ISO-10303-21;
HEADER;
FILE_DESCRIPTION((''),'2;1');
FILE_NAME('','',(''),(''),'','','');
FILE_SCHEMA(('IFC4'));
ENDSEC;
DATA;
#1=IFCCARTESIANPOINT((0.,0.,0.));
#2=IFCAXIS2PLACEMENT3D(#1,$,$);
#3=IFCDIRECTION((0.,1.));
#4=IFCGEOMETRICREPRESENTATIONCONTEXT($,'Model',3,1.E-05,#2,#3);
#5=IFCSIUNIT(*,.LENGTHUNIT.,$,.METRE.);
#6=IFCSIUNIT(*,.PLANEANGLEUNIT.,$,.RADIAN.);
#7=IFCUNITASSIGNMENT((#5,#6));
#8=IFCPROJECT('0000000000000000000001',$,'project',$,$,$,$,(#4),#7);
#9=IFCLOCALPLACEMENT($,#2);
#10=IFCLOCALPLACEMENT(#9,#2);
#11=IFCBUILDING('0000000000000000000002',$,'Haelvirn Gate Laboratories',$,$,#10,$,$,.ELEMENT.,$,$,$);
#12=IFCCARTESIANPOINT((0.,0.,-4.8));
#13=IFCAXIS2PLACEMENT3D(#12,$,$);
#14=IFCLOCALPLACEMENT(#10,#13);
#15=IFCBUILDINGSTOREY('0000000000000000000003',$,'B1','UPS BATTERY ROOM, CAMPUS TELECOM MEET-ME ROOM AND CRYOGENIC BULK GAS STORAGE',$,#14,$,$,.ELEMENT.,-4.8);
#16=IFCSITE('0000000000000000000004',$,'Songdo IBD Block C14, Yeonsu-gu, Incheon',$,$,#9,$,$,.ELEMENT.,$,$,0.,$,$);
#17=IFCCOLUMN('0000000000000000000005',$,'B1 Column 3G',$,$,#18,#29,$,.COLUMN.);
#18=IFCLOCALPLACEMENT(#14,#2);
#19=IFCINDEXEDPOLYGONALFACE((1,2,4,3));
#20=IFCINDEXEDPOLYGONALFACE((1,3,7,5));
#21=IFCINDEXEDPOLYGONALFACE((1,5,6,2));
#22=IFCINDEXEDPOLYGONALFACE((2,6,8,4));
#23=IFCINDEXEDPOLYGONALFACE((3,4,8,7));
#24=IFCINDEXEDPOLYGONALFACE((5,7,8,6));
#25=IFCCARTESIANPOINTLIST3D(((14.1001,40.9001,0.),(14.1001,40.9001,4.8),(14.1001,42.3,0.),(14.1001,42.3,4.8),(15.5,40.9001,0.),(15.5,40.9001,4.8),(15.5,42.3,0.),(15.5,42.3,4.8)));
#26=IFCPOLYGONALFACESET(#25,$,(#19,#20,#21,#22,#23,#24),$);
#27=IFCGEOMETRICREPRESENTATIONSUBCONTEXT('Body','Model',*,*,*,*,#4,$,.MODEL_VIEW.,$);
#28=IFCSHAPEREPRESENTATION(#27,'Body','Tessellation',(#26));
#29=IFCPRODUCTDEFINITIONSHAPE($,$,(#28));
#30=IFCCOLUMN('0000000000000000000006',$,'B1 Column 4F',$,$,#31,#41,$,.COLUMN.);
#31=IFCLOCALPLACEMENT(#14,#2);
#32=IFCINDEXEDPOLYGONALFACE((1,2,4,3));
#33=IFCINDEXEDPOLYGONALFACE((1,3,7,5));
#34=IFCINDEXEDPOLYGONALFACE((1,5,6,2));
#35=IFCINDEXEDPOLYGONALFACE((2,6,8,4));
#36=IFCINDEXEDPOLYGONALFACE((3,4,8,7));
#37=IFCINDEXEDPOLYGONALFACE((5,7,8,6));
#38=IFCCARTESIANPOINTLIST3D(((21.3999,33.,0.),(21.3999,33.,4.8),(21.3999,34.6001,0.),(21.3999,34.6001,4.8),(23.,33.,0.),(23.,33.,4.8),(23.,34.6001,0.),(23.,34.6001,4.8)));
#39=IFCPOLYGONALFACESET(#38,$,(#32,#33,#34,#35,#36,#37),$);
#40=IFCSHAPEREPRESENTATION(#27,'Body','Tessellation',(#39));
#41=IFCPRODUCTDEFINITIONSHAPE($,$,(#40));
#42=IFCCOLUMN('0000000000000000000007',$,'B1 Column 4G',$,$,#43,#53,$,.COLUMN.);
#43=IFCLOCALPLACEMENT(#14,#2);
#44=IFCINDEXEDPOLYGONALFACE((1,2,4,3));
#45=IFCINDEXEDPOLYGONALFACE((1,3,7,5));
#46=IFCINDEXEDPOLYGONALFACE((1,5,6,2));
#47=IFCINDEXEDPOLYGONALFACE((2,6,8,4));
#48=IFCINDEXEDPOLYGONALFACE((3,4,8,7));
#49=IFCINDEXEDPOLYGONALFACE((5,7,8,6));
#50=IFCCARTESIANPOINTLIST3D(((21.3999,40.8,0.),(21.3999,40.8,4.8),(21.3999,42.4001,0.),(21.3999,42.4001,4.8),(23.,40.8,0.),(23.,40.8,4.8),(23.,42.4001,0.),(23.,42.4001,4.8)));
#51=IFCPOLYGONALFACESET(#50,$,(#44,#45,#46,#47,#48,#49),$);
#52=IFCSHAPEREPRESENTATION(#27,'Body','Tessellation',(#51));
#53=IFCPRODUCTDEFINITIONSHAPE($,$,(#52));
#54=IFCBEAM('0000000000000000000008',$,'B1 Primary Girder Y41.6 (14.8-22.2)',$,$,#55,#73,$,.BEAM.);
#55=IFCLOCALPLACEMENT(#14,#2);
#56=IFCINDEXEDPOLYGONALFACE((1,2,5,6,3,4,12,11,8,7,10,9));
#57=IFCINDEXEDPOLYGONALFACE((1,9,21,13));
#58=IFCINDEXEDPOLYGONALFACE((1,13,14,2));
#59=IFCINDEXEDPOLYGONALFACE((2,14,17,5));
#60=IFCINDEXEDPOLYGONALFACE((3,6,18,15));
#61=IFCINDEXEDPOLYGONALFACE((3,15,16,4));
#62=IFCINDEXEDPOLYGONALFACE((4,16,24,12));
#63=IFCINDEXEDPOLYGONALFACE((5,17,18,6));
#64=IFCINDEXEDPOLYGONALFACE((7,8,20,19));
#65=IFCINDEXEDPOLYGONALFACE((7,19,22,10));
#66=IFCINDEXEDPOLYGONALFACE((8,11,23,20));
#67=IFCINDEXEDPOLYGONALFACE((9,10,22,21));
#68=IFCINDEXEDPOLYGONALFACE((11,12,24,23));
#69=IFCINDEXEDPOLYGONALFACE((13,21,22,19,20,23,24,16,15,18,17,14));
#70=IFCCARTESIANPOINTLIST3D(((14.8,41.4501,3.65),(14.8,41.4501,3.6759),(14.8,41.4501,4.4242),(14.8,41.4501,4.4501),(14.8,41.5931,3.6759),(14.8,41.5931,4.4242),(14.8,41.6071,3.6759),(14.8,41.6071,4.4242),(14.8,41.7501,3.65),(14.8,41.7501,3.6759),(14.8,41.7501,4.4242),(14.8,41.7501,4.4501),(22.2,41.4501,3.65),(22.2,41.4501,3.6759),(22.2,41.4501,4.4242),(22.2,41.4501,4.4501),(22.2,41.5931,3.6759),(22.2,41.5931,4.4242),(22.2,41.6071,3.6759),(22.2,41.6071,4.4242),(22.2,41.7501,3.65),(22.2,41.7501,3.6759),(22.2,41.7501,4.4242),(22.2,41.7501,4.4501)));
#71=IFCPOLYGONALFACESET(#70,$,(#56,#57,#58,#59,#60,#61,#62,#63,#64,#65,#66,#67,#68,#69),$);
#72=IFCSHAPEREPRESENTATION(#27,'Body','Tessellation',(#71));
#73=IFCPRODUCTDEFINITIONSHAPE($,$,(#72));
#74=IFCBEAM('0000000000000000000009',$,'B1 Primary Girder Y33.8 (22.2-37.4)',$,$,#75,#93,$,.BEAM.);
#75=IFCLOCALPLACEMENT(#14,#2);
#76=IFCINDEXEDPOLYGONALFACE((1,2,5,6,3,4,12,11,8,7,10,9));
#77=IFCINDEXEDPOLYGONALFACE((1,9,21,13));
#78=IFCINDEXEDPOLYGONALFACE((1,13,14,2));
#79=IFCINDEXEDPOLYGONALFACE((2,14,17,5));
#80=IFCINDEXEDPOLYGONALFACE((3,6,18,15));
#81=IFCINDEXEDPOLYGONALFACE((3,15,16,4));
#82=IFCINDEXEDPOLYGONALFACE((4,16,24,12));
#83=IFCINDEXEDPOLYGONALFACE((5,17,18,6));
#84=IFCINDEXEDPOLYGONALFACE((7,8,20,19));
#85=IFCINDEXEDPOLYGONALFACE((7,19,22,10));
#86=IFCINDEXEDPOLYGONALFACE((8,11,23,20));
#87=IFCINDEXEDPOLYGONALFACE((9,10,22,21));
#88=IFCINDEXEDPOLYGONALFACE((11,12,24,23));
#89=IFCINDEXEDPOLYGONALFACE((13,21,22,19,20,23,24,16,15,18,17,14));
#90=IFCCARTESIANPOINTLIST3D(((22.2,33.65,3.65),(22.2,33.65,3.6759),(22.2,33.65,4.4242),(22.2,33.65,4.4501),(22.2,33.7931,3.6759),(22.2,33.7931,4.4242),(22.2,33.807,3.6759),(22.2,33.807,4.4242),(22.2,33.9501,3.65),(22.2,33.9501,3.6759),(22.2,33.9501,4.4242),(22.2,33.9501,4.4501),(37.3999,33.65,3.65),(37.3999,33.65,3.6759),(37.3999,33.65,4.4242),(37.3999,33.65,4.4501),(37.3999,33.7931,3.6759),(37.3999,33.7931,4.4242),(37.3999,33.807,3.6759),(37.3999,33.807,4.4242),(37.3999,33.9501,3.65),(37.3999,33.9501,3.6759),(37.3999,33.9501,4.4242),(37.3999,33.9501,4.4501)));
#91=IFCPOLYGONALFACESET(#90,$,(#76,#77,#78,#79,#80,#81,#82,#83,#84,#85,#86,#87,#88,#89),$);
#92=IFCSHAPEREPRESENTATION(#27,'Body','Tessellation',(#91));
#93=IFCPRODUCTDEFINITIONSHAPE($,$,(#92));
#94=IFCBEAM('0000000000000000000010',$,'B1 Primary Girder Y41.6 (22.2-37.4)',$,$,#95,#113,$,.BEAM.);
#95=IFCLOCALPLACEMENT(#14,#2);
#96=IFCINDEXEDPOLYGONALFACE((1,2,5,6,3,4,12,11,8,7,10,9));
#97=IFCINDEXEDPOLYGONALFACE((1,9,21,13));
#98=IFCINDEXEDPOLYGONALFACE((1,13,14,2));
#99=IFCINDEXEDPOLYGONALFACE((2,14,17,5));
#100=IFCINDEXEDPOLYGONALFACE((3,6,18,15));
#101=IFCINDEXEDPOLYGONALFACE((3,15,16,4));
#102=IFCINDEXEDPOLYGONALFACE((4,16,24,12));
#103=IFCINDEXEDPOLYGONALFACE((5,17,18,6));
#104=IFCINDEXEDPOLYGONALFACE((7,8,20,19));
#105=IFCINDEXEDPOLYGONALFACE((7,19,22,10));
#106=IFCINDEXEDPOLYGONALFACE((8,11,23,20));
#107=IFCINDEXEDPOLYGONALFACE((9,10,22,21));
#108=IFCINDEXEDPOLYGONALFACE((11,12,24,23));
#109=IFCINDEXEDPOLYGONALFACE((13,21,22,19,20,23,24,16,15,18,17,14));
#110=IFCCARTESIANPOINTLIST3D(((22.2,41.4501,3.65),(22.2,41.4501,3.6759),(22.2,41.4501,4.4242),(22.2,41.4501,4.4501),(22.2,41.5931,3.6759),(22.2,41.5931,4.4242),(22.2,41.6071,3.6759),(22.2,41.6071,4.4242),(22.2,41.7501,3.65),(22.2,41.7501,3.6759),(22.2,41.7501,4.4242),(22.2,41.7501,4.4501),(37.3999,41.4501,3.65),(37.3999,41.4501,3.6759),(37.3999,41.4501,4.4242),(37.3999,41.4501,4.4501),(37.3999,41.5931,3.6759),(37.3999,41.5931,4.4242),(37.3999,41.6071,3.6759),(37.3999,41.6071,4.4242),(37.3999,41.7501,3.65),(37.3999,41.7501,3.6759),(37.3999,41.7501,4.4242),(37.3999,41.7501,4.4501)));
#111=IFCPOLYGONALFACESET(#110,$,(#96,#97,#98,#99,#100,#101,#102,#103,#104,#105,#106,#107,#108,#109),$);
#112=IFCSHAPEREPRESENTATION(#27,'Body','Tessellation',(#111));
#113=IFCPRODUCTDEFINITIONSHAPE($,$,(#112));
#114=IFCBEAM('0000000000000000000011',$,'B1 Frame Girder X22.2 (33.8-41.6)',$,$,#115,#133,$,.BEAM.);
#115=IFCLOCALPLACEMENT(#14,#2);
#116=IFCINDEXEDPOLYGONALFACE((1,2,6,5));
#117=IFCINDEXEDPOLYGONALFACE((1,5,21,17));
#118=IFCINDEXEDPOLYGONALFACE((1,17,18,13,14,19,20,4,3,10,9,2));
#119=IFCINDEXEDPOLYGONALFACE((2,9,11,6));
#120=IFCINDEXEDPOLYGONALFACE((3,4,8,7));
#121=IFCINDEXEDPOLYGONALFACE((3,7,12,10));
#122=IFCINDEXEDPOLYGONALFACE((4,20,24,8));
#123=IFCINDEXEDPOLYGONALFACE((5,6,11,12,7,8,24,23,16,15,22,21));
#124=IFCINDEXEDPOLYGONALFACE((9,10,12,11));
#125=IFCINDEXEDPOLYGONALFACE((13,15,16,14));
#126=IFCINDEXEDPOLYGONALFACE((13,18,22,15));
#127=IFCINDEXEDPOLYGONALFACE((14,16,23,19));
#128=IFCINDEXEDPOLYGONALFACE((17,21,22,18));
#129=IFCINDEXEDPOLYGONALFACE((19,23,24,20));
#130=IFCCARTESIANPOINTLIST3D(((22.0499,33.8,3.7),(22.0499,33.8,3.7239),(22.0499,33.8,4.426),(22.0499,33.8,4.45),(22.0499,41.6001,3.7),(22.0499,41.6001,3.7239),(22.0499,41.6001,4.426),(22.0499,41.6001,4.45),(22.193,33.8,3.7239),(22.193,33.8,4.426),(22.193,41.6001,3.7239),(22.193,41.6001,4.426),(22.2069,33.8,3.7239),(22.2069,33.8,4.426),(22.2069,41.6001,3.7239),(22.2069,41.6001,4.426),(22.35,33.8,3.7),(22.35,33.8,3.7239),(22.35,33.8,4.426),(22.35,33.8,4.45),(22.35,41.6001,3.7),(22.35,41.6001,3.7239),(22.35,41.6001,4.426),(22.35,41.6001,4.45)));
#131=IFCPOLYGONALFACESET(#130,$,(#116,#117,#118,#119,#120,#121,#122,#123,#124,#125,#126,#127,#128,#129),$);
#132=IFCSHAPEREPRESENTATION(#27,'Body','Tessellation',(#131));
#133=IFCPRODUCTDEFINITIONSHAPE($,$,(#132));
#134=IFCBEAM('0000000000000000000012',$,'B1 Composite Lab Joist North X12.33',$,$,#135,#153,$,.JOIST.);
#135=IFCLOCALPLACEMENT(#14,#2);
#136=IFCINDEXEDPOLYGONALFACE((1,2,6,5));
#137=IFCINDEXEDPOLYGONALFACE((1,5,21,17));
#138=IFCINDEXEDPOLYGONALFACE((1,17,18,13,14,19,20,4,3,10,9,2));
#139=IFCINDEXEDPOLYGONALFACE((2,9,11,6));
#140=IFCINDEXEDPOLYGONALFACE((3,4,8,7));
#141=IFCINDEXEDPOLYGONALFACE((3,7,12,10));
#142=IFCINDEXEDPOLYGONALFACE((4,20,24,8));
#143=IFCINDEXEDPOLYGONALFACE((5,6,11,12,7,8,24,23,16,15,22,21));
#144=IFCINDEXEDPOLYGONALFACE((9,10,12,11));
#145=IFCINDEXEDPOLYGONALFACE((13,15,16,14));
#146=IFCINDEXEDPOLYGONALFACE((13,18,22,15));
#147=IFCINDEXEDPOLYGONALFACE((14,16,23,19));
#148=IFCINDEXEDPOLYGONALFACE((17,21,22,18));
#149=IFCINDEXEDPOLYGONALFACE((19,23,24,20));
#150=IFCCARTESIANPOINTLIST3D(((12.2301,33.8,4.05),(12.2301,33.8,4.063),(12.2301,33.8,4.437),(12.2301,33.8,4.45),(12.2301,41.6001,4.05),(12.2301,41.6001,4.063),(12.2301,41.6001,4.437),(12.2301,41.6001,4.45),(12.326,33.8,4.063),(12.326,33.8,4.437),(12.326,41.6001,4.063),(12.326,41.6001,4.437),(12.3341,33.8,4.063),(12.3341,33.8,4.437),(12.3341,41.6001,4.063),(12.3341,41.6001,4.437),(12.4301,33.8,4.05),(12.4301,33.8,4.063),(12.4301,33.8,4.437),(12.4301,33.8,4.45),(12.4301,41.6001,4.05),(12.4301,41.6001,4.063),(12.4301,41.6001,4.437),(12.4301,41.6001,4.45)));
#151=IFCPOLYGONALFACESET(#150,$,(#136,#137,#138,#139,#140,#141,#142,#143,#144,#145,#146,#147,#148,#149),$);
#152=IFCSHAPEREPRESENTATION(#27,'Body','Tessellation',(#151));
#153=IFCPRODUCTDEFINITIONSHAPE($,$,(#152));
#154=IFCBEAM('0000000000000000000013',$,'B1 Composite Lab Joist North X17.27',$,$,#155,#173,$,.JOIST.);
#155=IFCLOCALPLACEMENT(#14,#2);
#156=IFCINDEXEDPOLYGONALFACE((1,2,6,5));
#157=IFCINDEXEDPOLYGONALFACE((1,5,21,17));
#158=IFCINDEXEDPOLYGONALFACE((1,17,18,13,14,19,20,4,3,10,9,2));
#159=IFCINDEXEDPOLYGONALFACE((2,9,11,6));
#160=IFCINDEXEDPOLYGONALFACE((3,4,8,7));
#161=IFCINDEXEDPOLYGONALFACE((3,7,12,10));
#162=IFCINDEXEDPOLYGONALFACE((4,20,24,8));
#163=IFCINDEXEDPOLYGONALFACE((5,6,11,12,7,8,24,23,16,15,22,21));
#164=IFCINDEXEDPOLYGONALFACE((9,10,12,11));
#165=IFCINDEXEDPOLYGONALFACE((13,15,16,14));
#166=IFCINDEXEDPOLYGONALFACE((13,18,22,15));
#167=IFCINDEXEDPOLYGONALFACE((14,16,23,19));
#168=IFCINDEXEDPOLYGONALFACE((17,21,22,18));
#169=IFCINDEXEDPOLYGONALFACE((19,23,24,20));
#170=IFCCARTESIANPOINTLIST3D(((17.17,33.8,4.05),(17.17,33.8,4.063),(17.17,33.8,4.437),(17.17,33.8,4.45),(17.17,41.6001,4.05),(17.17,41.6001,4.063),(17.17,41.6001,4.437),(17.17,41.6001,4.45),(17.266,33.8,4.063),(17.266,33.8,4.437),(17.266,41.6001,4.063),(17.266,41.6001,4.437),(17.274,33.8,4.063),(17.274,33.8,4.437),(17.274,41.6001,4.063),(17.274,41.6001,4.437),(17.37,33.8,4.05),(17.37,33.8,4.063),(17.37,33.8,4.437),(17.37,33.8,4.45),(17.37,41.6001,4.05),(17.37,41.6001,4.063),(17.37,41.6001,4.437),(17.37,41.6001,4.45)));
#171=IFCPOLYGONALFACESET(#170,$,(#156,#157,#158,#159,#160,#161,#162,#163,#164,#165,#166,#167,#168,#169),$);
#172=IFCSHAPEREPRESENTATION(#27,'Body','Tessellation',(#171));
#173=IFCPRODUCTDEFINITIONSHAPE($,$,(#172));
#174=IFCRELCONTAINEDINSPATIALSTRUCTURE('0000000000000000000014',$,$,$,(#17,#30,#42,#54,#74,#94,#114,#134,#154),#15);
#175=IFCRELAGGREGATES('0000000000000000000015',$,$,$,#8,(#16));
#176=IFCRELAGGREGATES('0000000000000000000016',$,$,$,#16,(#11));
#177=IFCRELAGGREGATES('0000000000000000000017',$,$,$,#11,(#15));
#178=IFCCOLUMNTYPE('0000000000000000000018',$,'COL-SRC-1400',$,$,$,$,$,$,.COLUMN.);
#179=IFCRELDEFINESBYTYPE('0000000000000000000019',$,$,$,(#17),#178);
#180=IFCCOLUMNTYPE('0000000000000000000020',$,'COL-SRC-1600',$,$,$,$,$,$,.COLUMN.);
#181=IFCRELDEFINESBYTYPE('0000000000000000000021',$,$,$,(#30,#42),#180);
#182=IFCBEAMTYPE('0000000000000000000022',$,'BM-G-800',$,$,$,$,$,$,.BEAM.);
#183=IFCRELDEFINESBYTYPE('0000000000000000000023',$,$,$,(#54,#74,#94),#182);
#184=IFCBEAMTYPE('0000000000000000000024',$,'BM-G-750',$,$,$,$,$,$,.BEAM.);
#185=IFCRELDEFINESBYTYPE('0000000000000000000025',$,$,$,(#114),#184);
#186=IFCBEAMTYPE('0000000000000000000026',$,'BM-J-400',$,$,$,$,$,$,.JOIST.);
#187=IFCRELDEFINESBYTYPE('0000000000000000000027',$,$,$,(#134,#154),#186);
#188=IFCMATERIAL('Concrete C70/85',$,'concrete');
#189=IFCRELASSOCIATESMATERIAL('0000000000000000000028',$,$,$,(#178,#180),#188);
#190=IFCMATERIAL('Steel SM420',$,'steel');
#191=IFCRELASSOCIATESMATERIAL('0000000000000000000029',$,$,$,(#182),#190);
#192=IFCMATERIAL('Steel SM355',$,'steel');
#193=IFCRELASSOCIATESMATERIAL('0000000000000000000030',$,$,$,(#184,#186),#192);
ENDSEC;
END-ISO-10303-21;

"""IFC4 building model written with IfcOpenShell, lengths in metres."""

from ifc_helpers import new_model, si_unit, direction, frame, origin, origin_2d, place, context, subcontext, project, spatial, rectangle, i_section, extrude, source, transform, mapped, material, material_profile, profile_set, type_object, type_shapes, element, save


model = new_model("IFC4")

# Units and contexts
model_context = context("Model", 3, precision=1e-05, world=origin(), true_north=direction((0.0, 1.0)))
body_context = subcontext(model_context, "Body", "Model", "MODEL_VIEW")
ifc_project = project(units=[si_unit("LENGTHUNIT", "METRE"), si_unit("PLANEANGLEUNIT", "RADIAN")], contexts=[model_context])

# Site, building, storey
site_placement = place(None, origin())
site = spatial("IfcSite", under=ifc_project, at=site_placement, Name="Songdo IBD Block C14, Yeonsu-gu, Incheon", CompositionType="ELEMENT", RefElevation=0.0)
building_placement = place(site_placement, origin())
building = spatial("IfcBuilding", under=site, at=building_placement, Name="Haelvirn Gate Laboratories", CompositionType="ELEMENT")
storey_placement = place(building_placement, frame((0.0, 0.0, -4.8)))
storey = spatial("IfcBuildingStorey", under=building, at=storey_placement, Name="B1", Description="UPS BATTERY ROOM, CAMPUS TELECOM MEET-ME ROOM AND CRYOGENIC BULK GAS STORAGE", CompositionType="ELEMENT", Elevation=-4.8)

# Columns
ifc_material_1 = material(Name="Concrete C70/85", Category="concrete")
ifc_material_profile_1 = material_profile(ifc_material_1, rectangle(XDim=1.3999, YDim=1.3999, at=origin_2d()), Name="SRC-1400x1400")
ifc_profile_set_1 = profile_set([ifc_material_profile_1], Name="Concrete C70/85")
column_type_1 = type_object("IfcColumnType", Name="COL-SRC-1400", PredefinedType="COLUMN", material=ifc_profile_set_1)
shared_shape_1 = source(origin(), body_context, "Body", "SweptSolid", [
    extrude(rectangle(XDim=1.3999, YDim=1.3999, at=origin_2d()), origin(), (0.0, 0.0, 1.0), 4.8),
])
type_shapes(column_type_1, [shared_shape_1])
column_placement = place(storey_placement, frame((14.8, 41.6001, 0.0), z_axis=(0.0, 0.0, 1.0), x_axis=(1.0, 0.0, 0.0)))
element("IfcColumn", 1, at=column_placement, inside=storey, type_object=column_type_1, Name="B1 Column 3G", PredefinedType="COLUMN", context=body_context, shape_type="MappedRepresentation", body=[
    mapped(shared_shape_1, transform((0.0, 0.0, 0.0), scale=1.0)),
])
ifc_material_profile_2 = material_profile(ifc_material_1, rectangle(XDim=1.6001, YDim=1.6001, at=origin_2d()), Name="SRC-1600x1600")
ifc_profile_set_2 = profile_set([ifc_material_profile_2], Name="Concrete C70/85")
column_type_2 = type_object("IfcColumnType", Name="COL-SRC-1600", PredefinedType="COLUMN", material=ifc_profile_set_2)
shared_shape_2 = source(origin(), body_context, "Body", "SweptSolid", [
    extrude(rectangle(XDim=1.6001, YDim=1.6001, at=origin_2d()), origin(), (0.0, 0.0, 1.0), 4.8),
])
type_shapes(column_type_2, [shared_shape_2])
for number, where, z_axis, x_axis, name in (
    (2, (22.2, 33.8, 0.0), (0.0, 0.0, 1.0), (1.0, 0.0, 0.0), "B1 Column 4F"),
    (3, (22.2, 41.6001, 0.0), (0.0, 0.0, 1.0), (1.0, 0.0, 0.0), "B1 Column 4G"),
):
    element("IfcColumn", number, at=place(storey_placement, frame(where, z_axis=z_axis, x_axis=x_axis)), inside=storey, type_object=column_type_2, Name=name, PredefinedType="COLUMN", context=body_context, shape_type="MappedRepresentation", body=[
        mapped(shared_shape_2, transform((0.0, 0.0, 0.0), scale=1.0)),
    ])

# Beams
ifc_material_2 = material(Name="Steel SM420", Category="steel")
ifc_material_profile_3 = material_profile(ifc_material_2, i_section(OverallWidth=0.3, OverallDepth=0.8, WebThickness=0.0139, FlangeThickness=0.0259, at=origin_2d()), Name="H-800x300x14x26")
ifc_profile_set_3 = profile_set([ifc_material_profile_3], Name="Steel SM420")
beam_type_1 = type_object("IfcBeamType", Name="BM-G-800", PredefinedType="BEAM", material=ifc_profile_set_3)
shared_shape_3 = source(origin(), body_context, "Body", "SweptSolid", [
    extrude(i_section(OverallWidth=0.3, OverallDepth=0.8, WebThickness=0.0139, FlangeThickness=0.0259, at=origin_2d()), origin(), (0.0, 0.0, 1.0), 7.3999),
])
beam_1_placement = place(storey_placement, frame((14.8, 41.6001, 4.05), z_axis=(1.0, 0.0, 0.0), x_axis=(0.0, 1.0, 0.0)))
element("IfcBeam", 4, at=beam_1_placement, inside=storey, type_object=beam_type_1, Name="B1 Primary Girder Y41.6 (14.8-22.2)", PredefinedType="BEAM", context=body_context, shape_type="MappedRepresentation", body=[
    mapped(shared_shape_3, transform((0.0, 0.0, 0.0), scale=1.0)),
])
shared_shape_4 = source(origin(), body_context, "Body", "SweptSolid", [
    extrude(i_section(OverallWidth=0.3, OverallDepth=0.8, WebThickness=0.0139, FlangeThickness=0.0259, at=origin_2d()), origin(), (0.0, 0.0, 1.0), 15.2),
])
type_shapes(beam_type_1, [shared_shape_3, shared_shape_4])
for number, where, z_axis, x_axis, name in (
    (5, (22.2, 33.8, 4.05), (1.0, 0.0, 0.0), (0.0, 1.0, 0.0), "B1 Primary Girder Y33.8 (22.2-37.4)"),
    (6, (22.2, 41.6001, 4.05), (1.0, 0.0, 0.0), (0.0, 1.0, 0.0), "B1 Primary Girder Y41.6 (22.2-37.4)"),
):
    element("IfcBeam", number, at=place(storey_placement, frame(where, z_axis=z_axis, x_axis=x_axis)), inside=storey, type_object=beam_type_1, Name=name, PredefinedType="BEAM", context=body_context, shape_type="MappedRepresentation", body=[
        mapped(shared_shape_4, transform((0.0, 0.0, 0.0), scale=1.0)),
    ])
ifc_material_3 = material(Name="Steel SM355", Category="steel")
ifc_material_profile_4 = material_profile(ifc_material_3, i_section(OverallWidth=0.3, OverallDepth=0.75, WebThickness=0.0139, FlangeThickness=0.0239, at=origin_2d()), Name="H-750x300x14x24")
ifc_profile_set_4 = profile_set([ifc_material_profile_4], Name="Steel SM355")
beam_type_2 = type_object("IfcBeamType", Name="BM-G-750", PredefinedType="BEAM", material=ifc_profile_set_4)
shared_shape_5 = source(origin(), body_context, "Body", "SweptSolid", [
    extrude(i_section(OverallWidth=0.3, OverallDepth=0.75, WebThickness=0.0139, FlangeThickness=0.0239, at=origin_2d()), origin(), (0.0, 0.0, 1.0), 7.8),
])
type_shapes(beam_type_2, [shared_shape_5])
beam_2_placement = place(storey_placement, frame((22.2, 33.8, 4.075), z_axis=(0.0, 1.0, 0.0), x_axis=(-1.0, 0.0, 0.0)))
element("IfcBeam", 7, at=beam_2_placement, inside=storey, type_object=beam_type_2, Name="B1 Frame Girder X22.2 (33.8-41.6)", PredefinedType="BEAM", context=body_context, shape_type="MappedRepresentation", body=[
    mapped(shared_shape_5, transform((0.0, 0.0, 0.0), scale=1.0)),
])
ifc_material_profile_5 = material_profile(ifc_material_3, i_section(OverallWidth=0.2, OverallDepth=0.3999, WebThickness=0.0081, FlangeThickness=0.0129, at=origin_2d()), Name="H-400x200x8x13")
ifc_profile_set_5 = profile_set([ifc_material_profile_5], Name="Steel SM355")
beam_type_3 = type_object("IfcBeamType", Name="BM-J-400", PredefinedType="JOIST", material=ifc_profile_set_5)
shared_shape_6 = source(origin(), body_context, "Body", "SweptSolid", [
    extrude(i_section(OverallWidth=0.2, OverallDepth=0.3999, WebThickness=0.0081, FlangeThickness=0.0129, at=origin_2d()), origin(), (0.0, 0.0, 1.0), 7.8),
])
type_shapes(beam_type_3, [shared_shape_6])
for number, where, z_axis, x_axis, name in (
    (8, (12.3301, 33.8, 4.25), (0.0, 1.0, 0.0), (-1.0, 0.0, 0.0), "B1 Composite Lab Joist North X12.33"),
    (9, (17.27, 33.8, 4.25), (0.0, 1.0, 0.0), (-1.0, 0.0, 0.0), "B1 Composite Lab Joist North X17.27"),
):
    element("IfcBeam", number, at=place(storey_placement, frame(where, z_axis=z_axis, x_axis=x_axis)), inside=storey, type_object=beam_type_3, Name=name, PredefinedType="JOIST", context=body_context, shape_type="MappedRepresentation", body=[
        mapped(shared_shape_6, transform((0.0, 0.0, 0.0), scale=1.0)),
    ])

save(model, "model.ifc")
